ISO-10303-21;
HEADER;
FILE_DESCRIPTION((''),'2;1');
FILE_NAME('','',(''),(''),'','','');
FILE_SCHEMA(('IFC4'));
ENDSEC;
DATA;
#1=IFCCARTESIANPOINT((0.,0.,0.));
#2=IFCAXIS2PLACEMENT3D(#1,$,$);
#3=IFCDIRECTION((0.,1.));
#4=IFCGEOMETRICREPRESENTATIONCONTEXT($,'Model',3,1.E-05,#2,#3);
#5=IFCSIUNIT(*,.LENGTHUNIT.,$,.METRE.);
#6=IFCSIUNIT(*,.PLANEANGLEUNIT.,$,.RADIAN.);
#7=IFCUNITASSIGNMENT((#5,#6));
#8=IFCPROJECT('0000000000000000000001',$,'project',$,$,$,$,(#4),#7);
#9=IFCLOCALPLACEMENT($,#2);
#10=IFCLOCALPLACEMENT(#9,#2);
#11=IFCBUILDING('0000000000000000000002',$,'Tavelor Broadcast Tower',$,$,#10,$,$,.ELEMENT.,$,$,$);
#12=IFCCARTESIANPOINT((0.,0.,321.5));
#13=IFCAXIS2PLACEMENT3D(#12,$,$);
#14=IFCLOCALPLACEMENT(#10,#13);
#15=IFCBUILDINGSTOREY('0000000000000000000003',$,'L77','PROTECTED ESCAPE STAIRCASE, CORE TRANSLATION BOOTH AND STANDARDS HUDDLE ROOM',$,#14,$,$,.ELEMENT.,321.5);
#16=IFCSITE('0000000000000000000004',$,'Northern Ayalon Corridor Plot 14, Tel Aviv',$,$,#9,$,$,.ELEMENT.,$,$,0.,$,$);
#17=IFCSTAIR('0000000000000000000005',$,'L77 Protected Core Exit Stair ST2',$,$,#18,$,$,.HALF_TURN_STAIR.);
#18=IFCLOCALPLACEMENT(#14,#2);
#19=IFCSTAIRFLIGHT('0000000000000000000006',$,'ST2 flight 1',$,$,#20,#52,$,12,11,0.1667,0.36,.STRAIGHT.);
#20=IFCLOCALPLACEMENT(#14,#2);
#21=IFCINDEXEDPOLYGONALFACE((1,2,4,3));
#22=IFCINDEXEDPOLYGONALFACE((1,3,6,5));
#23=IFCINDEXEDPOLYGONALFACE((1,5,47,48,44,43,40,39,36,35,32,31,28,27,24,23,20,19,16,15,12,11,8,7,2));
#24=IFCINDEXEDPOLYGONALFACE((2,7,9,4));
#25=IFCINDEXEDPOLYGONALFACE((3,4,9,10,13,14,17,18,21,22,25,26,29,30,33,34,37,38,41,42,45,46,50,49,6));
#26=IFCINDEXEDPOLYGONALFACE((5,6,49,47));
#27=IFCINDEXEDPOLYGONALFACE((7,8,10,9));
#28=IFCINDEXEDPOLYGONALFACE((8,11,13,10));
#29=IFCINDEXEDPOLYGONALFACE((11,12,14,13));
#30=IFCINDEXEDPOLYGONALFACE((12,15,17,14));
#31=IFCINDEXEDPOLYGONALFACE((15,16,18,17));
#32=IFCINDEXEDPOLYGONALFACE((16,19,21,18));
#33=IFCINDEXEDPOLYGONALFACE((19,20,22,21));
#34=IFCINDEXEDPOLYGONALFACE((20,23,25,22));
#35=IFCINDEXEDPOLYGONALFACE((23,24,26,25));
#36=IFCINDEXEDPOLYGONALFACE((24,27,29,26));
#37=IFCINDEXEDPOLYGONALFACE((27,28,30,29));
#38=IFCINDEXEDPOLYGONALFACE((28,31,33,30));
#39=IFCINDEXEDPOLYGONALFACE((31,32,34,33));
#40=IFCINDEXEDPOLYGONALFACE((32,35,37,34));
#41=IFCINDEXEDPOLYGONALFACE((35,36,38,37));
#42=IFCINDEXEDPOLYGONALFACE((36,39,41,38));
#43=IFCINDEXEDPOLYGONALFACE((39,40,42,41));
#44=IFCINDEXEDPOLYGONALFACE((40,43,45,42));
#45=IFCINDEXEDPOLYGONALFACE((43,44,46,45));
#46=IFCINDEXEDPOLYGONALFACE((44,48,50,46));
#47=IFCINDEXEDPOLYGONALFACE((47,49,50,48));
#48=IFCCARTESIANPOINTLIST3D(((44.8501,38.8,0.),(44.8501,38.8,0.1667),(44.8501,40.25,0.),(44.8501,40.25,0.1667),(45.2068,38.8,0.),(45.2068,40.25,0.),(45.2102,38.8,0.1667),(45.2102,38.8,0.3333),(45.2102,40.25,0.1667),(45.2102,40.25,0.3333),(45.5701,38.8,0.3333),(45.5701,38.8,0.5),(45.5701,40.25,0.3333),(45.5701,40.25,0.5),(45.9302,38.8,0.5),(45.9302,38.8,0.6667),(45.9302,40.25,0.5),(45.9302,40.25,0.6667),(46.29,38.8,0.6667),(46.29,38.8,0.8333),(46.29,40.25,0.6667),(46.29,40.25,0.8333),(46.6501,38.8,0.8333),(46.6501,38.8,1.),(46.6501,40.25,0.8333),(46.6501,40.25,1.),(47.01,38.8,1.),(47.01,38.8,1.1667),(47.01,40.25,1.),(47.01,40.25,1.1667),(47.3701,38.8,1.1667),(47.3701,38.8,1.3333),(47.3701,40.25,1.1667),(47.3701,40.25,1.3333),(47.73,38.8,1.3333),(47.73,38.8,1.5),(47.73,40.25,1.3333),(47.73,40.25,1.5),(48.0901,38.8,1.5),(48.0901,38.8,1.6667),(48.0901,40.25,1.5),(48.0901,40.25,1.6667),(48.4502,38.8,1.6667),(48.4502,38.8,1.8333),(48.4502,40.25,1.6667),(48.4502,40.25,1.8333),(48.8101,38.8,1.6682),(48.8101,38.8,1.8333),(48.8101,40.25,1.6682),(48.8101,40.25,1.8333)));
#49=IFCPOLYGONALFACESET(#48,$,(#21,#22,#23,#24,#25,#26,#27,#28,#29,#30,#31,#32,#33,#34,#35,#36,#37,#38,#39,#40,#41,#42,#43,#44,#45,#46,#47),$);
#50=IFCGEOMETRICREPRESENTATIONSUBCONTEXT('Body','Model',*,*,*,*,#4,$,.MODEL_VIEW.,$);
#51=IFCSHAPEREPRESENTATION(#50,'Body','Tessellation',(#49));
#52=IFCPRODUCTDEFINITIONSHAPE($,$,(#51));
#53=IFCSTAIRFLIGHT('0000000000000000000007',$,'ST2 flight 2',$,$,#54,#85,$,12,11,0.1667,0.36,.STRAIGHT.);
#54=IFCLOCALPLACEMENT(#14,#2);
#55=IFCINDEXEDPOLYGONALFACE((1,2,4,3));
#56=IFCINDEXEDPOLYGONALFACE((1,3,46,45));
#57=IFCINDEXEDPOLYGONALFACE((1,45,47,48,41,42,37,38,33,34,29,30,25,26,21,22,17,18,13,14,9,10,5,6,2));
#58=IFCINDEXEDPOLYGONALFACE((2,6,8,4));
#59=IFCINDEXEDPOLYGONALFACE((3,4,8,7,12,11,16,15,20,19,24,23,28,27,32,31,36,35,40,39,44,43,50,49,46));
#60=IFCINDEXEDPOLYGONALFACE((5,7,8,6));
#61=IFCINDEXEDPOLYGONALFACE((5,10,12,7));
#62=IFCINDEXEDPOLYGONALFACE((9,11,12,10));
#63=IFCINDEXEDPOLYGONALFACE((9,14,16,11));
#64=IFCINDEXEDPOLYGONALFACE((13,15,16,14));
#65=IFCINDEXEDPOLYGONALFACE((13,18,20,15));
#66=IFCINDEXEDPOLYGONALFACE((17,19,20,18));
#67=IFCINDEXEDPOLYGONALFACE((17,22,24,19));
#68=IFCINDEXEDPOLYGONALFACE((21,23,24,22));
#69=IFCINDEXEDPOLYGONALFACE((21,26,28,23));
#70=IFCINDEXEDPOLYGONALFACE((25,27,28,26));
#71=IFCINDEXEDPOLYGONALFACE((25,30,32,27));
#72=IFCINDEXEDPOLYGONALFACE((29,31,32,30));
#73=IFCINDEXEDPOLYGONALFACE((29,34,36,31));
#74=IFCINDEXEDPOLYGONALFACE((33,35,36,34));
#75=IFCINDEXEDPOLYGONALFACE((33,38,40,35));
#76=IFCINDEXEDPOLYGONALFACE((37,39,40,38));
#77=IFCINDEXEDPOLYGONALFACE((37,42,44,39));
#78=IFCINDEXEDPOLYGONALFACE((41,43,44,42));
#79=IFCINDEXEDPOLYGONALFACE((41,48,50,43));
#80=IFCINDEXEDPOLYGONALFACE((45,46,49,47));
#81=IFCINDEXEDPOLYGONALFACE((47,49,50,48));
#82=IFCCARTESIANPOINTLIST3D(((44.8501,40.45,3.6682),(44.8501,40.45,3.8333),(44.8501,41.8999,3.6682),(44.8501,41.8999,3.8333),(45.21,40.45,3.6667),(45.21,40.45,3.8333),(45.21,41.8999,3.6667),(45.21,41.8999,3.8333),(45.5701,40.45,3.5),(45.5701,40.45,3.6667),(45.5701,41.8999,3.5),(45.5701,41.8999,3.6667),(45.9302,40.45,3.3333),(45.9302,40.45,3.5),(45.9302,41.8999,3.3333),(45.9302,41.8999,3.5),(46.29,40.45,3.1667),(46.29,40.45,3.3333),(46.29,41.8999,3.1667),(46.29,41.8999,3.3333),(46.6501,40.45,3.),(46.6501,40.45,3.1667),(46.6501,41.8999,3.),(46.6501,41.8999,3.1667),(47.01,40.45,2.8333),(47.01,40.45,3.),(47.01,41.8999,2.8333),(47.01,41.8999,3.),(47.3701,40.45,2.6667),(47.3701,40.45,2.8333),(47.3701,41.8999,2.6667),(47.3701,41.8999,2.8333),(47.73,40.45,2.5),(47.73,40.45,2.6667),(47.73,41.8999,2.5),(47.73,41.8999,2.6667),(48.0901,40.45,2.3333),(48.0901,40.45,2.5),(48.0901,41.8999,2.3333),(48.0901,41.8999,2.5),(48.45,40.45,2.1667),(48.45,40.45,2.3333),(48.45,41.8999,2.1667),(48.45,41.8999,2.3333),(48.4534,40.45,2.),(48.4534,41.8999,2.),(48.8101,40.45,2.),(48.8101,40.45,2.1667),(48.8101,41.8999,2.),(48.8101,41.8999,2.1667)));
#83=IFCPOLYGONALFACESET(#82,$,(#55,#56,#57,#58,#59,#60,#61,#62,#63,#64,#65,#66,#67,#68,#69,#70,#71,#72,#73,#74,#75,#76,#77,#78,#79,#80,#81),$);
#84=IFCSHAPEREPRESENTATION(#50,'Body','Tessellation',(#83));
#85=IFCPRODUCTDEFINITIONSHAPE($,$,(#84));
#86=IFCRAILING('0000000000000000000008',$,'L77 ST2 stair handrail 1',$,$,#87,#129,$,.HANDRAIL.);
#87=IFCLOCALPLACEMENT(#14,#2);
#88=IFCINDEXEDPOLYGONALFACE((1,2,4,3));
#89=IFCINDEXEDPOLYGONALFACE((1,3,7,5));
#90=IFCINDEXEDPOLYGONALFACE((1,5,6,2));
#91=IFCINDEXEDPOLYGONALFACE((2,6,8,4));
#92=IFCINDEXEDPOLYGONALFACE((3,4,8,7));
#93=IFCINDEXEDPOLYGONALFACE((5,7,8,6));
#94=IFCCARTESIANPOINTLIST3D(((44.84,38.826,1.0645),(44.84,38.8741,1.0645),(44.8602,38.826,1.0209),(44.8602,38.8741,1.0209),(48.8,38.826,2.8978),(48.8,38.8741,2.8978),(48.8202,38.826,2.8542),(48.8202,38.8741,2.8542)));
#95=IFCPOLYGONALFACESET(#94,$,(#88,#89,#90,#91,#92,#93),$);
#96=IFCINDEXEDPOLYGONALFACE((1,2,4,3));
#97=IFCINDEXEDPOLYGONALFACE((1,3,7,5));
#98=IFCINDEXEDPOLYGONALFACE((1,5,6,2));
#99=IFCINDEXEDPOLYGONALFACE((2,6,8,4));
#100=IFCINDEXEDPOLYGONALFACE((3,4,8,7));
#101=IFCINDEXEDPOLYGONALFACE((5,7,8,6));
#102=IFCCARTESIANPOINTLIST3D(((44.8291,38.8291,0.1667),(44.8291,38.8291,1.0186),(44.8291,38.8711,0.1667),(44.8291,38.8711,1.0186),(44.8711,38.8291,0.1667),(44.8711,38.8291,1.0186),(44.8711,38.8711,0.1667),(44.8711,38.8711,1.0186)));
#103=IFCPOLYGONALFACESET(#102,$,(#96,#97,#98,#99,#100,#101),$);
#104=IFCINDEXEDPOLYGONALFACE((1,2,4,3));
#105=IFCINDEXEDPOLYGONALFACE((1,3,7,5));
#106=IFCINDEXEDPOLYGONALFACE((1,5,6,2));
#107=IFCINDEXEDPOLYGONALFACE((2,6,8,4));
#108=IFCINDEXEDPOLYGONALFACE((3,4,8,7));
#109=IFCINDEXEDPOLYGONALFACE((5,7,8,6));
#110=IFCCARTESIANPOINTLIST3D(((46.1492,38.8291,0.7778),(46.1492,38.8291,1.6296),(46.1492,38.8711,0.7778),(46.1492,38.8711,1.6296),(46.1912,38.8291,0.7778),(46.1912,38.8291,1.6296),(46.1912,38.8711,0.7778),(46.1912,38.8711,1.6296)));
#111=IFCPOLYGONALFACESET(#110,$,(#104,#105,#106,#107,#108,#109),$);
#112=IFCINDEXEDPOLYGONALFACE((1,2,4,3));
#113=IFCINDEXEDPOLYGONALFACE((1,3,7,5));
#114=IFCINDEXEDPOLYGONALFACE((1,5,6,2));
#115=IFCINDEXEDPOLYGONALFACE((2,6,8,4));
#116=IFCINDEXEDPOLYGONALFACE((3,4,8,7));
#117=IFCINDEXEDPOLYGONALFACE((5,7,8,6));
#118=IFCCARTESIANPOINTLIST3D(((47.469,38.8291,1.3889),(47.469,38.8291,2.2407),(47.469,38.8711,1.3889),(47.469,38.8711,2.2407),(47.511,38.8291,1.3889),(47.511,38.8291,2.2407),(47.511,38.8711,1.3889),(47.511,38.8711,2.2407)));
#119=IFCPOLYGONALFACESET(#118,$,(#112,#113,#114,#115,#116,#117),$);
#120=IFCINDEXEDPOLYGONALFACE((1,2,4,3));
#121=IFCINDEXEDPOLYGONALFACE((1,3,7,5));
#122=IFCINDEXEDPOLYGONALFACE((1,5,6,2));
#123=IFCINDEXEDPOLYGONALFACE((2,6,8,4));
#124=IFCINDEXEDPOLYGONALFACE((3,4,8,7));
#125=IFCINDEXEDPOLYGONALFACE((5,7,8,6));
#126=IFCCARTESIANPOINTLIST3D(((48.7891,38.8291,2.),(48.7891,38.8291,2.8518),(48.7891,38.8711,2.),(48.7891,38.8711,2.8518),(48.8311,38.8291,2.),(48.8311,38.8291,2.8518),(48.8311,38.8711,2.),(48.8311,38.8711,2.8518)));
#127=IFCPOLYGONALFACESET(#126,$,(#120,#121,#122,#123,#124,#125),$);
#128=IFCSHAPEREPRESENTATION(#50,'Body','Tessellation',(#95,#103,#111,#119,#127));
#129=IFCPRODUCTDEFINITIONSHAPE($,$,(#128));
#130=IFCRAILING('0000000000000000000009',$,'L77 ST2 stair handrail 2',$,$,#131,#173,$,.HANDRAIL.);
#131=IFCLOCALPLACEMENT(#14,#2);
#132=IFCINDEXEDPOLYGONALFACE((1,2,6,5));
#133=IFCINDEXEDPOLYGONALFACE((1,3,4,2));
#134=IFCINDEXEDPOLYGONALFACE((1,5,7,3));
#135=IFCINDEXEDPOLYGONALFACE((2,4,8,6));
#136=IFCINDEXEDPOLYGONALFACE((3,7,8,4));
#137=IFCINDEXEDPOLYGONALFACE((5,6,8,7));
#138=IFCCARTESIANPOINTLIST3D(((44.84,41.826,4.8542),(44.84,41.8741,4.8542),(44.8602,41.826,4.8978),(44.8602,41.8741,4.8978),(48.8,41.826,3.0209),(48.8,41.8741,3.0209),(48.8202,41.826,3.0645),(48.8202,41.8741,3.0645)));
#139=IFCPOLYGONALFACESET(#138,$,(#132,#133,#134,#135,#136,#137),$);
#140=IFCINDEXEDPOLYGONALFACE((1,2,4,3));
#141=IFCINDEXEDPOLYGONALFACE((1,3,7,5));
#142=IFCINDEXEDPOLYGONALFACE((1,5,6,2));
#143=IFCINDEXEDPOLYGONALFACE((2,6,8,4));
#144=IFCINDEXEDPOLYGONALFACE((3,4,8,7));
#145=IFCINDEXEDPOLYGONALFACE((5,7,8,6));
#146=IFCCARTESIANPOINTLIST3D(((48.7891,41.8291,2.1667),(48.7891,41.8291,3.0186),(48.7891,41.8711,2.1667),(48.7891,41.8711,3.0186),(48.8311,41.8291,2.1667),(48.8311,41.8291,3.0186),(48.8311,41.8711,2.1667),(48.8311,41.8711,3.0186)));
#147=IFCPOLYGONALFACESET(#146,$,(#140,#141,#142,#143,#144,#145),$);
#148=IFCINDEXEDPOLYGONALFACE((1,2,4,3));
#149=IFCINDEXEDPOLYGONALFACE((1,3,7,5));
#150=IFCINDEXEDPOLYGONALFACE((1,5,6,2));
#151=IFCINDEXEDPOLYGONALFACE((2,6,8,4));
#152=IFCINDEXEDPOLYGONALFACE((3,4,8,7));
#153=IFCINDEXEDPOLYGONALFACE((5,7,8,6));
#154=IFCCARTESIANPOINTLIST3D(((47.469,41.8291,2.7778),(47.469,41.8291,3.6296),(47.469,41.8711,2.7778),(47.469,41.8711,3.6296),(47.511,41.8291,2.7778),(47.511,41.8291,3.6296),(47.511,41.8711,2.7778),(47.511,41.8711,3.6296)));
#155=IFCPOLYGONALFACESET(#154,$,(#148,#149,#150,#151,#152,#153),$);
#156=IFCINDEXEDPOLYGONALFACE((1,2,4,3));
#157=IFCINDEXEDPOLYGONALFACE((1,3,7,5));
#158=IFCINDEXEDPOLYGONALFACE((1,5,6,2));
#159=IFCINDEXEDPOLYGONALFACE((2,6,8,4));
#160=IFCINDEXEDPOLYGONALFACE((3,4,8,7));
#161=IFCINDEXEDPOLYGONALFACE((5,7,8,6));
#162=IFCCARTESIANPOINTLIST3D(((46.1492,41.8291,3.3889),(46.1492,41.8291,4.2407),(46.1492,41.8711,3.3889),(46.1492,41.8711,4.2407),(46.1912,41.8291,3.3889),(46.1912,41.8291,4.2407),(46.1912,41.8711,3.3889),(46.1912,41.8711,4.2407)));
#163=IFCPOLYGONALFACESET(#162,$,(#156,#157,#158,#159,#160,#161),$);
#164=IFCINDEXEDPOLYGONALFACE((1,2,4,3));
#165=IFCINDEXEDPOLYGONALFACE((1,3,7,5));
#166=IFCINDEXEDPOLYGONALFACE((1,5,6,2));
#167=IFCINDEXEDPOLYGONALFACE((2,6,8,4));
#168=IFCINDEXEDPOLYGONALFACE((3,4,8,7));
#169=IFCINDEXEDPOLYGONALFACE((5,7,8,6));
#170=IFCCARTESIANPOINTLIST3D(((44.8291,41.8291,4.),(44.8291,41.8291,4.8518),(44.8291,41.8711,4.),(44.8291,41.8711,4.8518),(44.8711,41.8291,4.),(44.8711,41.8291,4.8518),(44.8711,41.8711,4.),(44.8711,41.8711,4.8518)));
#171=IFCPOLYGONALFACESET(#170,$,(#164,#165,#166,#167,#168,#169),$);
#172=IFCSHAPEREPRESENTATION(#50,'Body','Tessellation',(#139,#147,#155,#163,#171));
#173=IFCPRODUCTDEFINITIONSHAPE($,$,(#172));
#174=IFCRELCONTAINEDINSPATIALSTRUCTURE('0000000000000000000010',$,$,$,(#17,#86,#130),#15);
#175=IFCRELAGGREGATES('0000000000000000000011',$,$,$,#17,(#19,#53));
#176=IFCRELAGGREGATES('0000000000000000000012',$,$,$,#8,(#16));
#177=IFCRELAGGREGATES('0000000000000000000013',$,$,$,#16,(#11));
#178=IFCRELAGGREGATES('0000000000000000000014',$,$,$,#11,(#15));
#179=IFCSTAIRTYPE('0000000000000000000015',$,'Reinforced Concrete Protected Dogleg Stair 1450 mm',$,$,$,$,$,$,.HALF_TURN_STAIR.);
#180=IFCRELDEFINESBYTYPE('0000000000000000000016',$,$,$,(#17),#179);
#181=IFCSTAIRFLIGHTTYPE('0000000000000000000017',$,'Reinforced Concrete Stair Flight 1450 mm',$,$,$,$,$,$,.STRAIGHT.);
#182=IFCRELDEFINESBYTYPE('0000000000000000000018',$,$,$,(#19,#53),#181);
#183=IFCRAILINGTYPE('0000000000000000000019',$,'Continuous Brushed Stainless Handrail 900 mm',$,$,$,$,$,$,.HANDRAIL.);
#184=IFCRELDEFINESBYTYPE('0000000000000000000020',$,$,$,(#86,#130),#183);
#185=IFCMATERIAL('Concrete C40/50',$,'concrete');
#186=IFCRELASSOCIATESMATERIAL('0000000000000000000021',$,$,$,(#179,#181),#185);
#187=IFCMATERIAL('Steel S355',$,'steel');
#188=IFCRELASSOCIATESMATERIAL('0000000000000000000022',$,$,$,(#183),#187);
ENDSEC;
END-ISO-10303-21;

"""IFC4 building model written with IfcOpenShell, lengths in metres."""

from ifc_helpers import new_model, si_unit, direction, frame, origin, origin_2d, place, context, subcontext, project, spatial, polyline, rectangle, outline, extrude, material, type_object, element, aggregate, save


model = new_model("IFC4")

# Units and contexts
model_context = context("Model", 3, precision=1e-05, world=origin(), true_north=direction((0.0, 1.0)))
body_context = subcontext(model_context, "Body", "Model", "MODEL_VIEW")
ifc_project = project(units=[si_unit("LENGTHUNIT", "METRE"), si_unit("PLANEANGLEUNIT", "RADIAN")], contexts=[model_context])

# Site, building, storey
site_placement = place(None, origin())
site = spatial("IfcSite", under=ifc_project, at=site_placement, Name="Northern Ayalon Corridor Plot 14, Tel Aviv", CompositionType="ELEMENT", RefElevation=0.0)
building_placement = place(site_placement, origin())
building = spatial("IfcBuilding", under=site, at=building_placement, Name="Tavelor Broadcast Tower", CompositionType="ELEMENT")
storey_placement = place(building_placement, frame((0.0, 0.0, 321.5)))
storey = spatial("IfcBuildingStorey", under=building, at=storey_placement, Name="L77", Description="PROTECTED ESCAPE STAIRCASE, CORE TRANSLATION BOOTH AND STANDARDS HUDDLE ROOM", CompositionType="ELEMENT", Elevation=321.5)

# Shared definitions
ifc_material_1 = material(Name="Concrete C40/50", Category="concrete")
ifc_material_2 = material(Name="Steel S355", Category="steel")

# Stair, stair flights
stair_type = type_object("IfcStairType", Name="Reinforced Concrete Protected Dogleg Stair 1450 mm", PredefinedType="HALF_TURN_STAIR", material=ifc_material_1)
stair_placement = place(storey_placement, origin())
stair = element("IfcStair", 1, at=stair_placement, inside=storey, type_object=stair_type, Name="L77 Protected Core Exit Stair ST2", PredefinedType="HALF_TURN_STAIR")
stair_flight_type = type_object("IfcStairFlightType", Name="Reinforced Concrete Stair Flight 1450 mm", PredefinedType="STRAIGHT", material=ifc_material_1)
stair_flight_1_placement = place(storey_placement, frame((44.8501, 39.5249, 0.0), z_axis=(0.0, 0.0, 1.0), x_axis=(1.0, 0.0, 0.0)))
stair_flight_1 = element("IfcStairFlight", 2, at=stair_flight_1_placement, type_object=stair_flight_type, Name="ST2 flight 1", NumberOfRisers=12, NumberOfTreads=11, PredefinedType="STRAIGHT", RiserHeight=0.1667, TreadLength=0.36, context=body_context, shape_type="SweptSolid", body=[
    extrude(outline(polyline([(0.0, 0.0), (0.0, 0.1667), (0.3601, 0.1667), (0.3601, 0.3333), (0.72, 0.3333), (0.72, 0.5), (1.0801, 0.5), (1.0801, 0.6667), (1.4399, 0.6667), (1.4399, 0.8333), (1.8, 0.8333), (1.8, 1.0), (2.1599, 1.0), (2.1599, 1.1667), (2.52, 1.1667), (2.52, 1.3333), (2.8799, 1.3333), (2.8799, 1.5), (3.24, 1.5), (3.24, 1.6667), (3.6001, 1.6667), (3.6001, 1.8333), (3.96, 1.8333), (3.96, 2.0), (3.96, 1.6682), (0.3567, 0.0), (0.0, 0.0)])), frame((0.0, 0.7251, 0.0), z_axis=(0.0, -1.0, 0.0), x_axis=(1.0, 0.0, 0.0)), (0.0, 0.0, 1.0), 1.45),
])
stair_flight_2_placement = place(storey_placement, frame((48.8101, 41.175, 2.0), z_axis=(0.0, 0.0, 1.0), x_axis=(-1.0, 0.0, 0.0)))
stair_flight_2 = element("IfcStairFlight", 3, at=stair_flight_2_placement, type_object=stair_flight_type, Name="ST2 flight 2", NumberOfRisers=12, NumberOfTreads=11, PredefinedType="STRAIGHT", RiserHeight=0.1667, TreadLength=0.36, context=body_context, shape_type="SweptSolid", body=[
    extrude(outline(polyline([(0.0, 0.0), (0.0, 0.1667), (0.3601, 0.1667), (0.3601, 0.3333), (0.72, 0.3333), (0.72, 0.5), (1.0801, 0.5), (1.0801, 0.6667), (1.4399, 0.6667), (1.4399, 0.8333), (1.8, 0.8333), (1.8, 1.0), (2.1599, 1.0), (2.1599, 1.1667), (2.52, 1.1667), (2.52, 1.3333), (2.8799, 1.3333), (2.8799, 1.5), (3.24, 1.5), (3.24, 1.6667), (3.6001, 1.6667), (3.6001, 1.8333), (3.96, 1.8333), (3.96, 2.0), (3.96, 1.6682), (0.3567, 0.0), (0.0, 0.0)])), frame((0.0, 0.7251, 0.0), z_axis=(0.0, -1.0, 0.0), x_axis=(1.0, 0.0, 0.0)), (0.0, 0.0, 1.0), 1.45),
])
aggregate(stair, [stair_flight_1, stair_flight_2])

# Railings
railing_type_1 = type_object("IfcRailingType", Name="Continuous Brushed Stainless Handrail 900 mm", PredefinedType="HANDRAIL", material=ifc_material_2)
railing_1_placement = place(storey_placement, frame((44.8501, 38.8501, 0.1667)))
element("IfcRailing", 4, at=railing_1_placement, inside=storey, type_object=railing_type_1, Name="L77 ST2 stair handrail 1", PredefinedType="HANDRAIL", context=body_context, shape_type="SweptSolid", body=[
    extrude(rectangle(XDim=0.0481, YDim=0.0481, at=origin_2d()), frame((0.0, 0.0, 0.876), z_axis=(0.907472, 0.0, 0.420112), x_axis=(0.0, 1.0, 0.0)), (0.0, 0.0, 1.0), 4.3638),
    extrude(rectangle(XDim=0.042, YDim=0.042, at=origin_2d()), origin(), (0.0, 0.0, 1.0), 0.8518),
    extrude(rectangle(XDim=0.042, YDim=0.042, at=origin_2d()), frame((1.3201, 0.0, 0.6111)), (0.0, 0.0, 1.0), 0.8518),
    extrude(rectangle(XDim=0.042, YDim=0.042, at=origin_2d()), frame((2.6399, 0.0, 1.2222)), (0.0, 0.0, 1.0), 0.8518),
    extrude(rectangle(XDim=0.042, YDim=0.042, at=origin_2d()), frame((3.96, 0.0, 1.8333)), (0.0, 0.0, 1.0), 0.8518),
])
railing_2_placement = place(storey_placement, frame((48.8101, 41.8501, 2.1667)))
element("IfcRailing", 5, at=railing_2_placement, inside=storey, type_object=railing_type_1, Name="L77 ST2 stair handrail 2", PredefinedType="HANDRAIL", context=body_context, shape_type="SweptSolid", body=[
    extrude(rectangle(XDim=0.0481, YDim=0.0481, at=origin_2d()), frame((0.0, 0.0, 0.876), z_axis=(-0.907472, 0.0, 0.420112), x_axis=(0.0, -1.0, 0.0)), (0.0, 0.0, 1.0), 4.3638),
    extrude(rectangle(XDim=0.042, YDim=0.042, at=origin_2d()), origin(), (0.0, 0.0, 1.0), 0.8518),
    extrude(rectangle(XDim=0.042, YDim=0.042, at=origin_2d()), frame((-1.3201, 0.0, 0.6111)), (0.0, 0.0, 1.0), 0.8518),
    extrude(rectangle(XDim=0.042, YDim=0.042, at=origin_2d()), frame((-2.6399, 0.0, 1.2222)), (0.0, 0.0, 1.0), 0.8518),
    extrude(rectangle(XDim=0.042, YDim=0.042, at=origin_2d()), frame((-3.96, 0.0, 1.8333)), (0.0, 0.0, 1.0), 0.8518),
])

save(model, "model.ifc")
